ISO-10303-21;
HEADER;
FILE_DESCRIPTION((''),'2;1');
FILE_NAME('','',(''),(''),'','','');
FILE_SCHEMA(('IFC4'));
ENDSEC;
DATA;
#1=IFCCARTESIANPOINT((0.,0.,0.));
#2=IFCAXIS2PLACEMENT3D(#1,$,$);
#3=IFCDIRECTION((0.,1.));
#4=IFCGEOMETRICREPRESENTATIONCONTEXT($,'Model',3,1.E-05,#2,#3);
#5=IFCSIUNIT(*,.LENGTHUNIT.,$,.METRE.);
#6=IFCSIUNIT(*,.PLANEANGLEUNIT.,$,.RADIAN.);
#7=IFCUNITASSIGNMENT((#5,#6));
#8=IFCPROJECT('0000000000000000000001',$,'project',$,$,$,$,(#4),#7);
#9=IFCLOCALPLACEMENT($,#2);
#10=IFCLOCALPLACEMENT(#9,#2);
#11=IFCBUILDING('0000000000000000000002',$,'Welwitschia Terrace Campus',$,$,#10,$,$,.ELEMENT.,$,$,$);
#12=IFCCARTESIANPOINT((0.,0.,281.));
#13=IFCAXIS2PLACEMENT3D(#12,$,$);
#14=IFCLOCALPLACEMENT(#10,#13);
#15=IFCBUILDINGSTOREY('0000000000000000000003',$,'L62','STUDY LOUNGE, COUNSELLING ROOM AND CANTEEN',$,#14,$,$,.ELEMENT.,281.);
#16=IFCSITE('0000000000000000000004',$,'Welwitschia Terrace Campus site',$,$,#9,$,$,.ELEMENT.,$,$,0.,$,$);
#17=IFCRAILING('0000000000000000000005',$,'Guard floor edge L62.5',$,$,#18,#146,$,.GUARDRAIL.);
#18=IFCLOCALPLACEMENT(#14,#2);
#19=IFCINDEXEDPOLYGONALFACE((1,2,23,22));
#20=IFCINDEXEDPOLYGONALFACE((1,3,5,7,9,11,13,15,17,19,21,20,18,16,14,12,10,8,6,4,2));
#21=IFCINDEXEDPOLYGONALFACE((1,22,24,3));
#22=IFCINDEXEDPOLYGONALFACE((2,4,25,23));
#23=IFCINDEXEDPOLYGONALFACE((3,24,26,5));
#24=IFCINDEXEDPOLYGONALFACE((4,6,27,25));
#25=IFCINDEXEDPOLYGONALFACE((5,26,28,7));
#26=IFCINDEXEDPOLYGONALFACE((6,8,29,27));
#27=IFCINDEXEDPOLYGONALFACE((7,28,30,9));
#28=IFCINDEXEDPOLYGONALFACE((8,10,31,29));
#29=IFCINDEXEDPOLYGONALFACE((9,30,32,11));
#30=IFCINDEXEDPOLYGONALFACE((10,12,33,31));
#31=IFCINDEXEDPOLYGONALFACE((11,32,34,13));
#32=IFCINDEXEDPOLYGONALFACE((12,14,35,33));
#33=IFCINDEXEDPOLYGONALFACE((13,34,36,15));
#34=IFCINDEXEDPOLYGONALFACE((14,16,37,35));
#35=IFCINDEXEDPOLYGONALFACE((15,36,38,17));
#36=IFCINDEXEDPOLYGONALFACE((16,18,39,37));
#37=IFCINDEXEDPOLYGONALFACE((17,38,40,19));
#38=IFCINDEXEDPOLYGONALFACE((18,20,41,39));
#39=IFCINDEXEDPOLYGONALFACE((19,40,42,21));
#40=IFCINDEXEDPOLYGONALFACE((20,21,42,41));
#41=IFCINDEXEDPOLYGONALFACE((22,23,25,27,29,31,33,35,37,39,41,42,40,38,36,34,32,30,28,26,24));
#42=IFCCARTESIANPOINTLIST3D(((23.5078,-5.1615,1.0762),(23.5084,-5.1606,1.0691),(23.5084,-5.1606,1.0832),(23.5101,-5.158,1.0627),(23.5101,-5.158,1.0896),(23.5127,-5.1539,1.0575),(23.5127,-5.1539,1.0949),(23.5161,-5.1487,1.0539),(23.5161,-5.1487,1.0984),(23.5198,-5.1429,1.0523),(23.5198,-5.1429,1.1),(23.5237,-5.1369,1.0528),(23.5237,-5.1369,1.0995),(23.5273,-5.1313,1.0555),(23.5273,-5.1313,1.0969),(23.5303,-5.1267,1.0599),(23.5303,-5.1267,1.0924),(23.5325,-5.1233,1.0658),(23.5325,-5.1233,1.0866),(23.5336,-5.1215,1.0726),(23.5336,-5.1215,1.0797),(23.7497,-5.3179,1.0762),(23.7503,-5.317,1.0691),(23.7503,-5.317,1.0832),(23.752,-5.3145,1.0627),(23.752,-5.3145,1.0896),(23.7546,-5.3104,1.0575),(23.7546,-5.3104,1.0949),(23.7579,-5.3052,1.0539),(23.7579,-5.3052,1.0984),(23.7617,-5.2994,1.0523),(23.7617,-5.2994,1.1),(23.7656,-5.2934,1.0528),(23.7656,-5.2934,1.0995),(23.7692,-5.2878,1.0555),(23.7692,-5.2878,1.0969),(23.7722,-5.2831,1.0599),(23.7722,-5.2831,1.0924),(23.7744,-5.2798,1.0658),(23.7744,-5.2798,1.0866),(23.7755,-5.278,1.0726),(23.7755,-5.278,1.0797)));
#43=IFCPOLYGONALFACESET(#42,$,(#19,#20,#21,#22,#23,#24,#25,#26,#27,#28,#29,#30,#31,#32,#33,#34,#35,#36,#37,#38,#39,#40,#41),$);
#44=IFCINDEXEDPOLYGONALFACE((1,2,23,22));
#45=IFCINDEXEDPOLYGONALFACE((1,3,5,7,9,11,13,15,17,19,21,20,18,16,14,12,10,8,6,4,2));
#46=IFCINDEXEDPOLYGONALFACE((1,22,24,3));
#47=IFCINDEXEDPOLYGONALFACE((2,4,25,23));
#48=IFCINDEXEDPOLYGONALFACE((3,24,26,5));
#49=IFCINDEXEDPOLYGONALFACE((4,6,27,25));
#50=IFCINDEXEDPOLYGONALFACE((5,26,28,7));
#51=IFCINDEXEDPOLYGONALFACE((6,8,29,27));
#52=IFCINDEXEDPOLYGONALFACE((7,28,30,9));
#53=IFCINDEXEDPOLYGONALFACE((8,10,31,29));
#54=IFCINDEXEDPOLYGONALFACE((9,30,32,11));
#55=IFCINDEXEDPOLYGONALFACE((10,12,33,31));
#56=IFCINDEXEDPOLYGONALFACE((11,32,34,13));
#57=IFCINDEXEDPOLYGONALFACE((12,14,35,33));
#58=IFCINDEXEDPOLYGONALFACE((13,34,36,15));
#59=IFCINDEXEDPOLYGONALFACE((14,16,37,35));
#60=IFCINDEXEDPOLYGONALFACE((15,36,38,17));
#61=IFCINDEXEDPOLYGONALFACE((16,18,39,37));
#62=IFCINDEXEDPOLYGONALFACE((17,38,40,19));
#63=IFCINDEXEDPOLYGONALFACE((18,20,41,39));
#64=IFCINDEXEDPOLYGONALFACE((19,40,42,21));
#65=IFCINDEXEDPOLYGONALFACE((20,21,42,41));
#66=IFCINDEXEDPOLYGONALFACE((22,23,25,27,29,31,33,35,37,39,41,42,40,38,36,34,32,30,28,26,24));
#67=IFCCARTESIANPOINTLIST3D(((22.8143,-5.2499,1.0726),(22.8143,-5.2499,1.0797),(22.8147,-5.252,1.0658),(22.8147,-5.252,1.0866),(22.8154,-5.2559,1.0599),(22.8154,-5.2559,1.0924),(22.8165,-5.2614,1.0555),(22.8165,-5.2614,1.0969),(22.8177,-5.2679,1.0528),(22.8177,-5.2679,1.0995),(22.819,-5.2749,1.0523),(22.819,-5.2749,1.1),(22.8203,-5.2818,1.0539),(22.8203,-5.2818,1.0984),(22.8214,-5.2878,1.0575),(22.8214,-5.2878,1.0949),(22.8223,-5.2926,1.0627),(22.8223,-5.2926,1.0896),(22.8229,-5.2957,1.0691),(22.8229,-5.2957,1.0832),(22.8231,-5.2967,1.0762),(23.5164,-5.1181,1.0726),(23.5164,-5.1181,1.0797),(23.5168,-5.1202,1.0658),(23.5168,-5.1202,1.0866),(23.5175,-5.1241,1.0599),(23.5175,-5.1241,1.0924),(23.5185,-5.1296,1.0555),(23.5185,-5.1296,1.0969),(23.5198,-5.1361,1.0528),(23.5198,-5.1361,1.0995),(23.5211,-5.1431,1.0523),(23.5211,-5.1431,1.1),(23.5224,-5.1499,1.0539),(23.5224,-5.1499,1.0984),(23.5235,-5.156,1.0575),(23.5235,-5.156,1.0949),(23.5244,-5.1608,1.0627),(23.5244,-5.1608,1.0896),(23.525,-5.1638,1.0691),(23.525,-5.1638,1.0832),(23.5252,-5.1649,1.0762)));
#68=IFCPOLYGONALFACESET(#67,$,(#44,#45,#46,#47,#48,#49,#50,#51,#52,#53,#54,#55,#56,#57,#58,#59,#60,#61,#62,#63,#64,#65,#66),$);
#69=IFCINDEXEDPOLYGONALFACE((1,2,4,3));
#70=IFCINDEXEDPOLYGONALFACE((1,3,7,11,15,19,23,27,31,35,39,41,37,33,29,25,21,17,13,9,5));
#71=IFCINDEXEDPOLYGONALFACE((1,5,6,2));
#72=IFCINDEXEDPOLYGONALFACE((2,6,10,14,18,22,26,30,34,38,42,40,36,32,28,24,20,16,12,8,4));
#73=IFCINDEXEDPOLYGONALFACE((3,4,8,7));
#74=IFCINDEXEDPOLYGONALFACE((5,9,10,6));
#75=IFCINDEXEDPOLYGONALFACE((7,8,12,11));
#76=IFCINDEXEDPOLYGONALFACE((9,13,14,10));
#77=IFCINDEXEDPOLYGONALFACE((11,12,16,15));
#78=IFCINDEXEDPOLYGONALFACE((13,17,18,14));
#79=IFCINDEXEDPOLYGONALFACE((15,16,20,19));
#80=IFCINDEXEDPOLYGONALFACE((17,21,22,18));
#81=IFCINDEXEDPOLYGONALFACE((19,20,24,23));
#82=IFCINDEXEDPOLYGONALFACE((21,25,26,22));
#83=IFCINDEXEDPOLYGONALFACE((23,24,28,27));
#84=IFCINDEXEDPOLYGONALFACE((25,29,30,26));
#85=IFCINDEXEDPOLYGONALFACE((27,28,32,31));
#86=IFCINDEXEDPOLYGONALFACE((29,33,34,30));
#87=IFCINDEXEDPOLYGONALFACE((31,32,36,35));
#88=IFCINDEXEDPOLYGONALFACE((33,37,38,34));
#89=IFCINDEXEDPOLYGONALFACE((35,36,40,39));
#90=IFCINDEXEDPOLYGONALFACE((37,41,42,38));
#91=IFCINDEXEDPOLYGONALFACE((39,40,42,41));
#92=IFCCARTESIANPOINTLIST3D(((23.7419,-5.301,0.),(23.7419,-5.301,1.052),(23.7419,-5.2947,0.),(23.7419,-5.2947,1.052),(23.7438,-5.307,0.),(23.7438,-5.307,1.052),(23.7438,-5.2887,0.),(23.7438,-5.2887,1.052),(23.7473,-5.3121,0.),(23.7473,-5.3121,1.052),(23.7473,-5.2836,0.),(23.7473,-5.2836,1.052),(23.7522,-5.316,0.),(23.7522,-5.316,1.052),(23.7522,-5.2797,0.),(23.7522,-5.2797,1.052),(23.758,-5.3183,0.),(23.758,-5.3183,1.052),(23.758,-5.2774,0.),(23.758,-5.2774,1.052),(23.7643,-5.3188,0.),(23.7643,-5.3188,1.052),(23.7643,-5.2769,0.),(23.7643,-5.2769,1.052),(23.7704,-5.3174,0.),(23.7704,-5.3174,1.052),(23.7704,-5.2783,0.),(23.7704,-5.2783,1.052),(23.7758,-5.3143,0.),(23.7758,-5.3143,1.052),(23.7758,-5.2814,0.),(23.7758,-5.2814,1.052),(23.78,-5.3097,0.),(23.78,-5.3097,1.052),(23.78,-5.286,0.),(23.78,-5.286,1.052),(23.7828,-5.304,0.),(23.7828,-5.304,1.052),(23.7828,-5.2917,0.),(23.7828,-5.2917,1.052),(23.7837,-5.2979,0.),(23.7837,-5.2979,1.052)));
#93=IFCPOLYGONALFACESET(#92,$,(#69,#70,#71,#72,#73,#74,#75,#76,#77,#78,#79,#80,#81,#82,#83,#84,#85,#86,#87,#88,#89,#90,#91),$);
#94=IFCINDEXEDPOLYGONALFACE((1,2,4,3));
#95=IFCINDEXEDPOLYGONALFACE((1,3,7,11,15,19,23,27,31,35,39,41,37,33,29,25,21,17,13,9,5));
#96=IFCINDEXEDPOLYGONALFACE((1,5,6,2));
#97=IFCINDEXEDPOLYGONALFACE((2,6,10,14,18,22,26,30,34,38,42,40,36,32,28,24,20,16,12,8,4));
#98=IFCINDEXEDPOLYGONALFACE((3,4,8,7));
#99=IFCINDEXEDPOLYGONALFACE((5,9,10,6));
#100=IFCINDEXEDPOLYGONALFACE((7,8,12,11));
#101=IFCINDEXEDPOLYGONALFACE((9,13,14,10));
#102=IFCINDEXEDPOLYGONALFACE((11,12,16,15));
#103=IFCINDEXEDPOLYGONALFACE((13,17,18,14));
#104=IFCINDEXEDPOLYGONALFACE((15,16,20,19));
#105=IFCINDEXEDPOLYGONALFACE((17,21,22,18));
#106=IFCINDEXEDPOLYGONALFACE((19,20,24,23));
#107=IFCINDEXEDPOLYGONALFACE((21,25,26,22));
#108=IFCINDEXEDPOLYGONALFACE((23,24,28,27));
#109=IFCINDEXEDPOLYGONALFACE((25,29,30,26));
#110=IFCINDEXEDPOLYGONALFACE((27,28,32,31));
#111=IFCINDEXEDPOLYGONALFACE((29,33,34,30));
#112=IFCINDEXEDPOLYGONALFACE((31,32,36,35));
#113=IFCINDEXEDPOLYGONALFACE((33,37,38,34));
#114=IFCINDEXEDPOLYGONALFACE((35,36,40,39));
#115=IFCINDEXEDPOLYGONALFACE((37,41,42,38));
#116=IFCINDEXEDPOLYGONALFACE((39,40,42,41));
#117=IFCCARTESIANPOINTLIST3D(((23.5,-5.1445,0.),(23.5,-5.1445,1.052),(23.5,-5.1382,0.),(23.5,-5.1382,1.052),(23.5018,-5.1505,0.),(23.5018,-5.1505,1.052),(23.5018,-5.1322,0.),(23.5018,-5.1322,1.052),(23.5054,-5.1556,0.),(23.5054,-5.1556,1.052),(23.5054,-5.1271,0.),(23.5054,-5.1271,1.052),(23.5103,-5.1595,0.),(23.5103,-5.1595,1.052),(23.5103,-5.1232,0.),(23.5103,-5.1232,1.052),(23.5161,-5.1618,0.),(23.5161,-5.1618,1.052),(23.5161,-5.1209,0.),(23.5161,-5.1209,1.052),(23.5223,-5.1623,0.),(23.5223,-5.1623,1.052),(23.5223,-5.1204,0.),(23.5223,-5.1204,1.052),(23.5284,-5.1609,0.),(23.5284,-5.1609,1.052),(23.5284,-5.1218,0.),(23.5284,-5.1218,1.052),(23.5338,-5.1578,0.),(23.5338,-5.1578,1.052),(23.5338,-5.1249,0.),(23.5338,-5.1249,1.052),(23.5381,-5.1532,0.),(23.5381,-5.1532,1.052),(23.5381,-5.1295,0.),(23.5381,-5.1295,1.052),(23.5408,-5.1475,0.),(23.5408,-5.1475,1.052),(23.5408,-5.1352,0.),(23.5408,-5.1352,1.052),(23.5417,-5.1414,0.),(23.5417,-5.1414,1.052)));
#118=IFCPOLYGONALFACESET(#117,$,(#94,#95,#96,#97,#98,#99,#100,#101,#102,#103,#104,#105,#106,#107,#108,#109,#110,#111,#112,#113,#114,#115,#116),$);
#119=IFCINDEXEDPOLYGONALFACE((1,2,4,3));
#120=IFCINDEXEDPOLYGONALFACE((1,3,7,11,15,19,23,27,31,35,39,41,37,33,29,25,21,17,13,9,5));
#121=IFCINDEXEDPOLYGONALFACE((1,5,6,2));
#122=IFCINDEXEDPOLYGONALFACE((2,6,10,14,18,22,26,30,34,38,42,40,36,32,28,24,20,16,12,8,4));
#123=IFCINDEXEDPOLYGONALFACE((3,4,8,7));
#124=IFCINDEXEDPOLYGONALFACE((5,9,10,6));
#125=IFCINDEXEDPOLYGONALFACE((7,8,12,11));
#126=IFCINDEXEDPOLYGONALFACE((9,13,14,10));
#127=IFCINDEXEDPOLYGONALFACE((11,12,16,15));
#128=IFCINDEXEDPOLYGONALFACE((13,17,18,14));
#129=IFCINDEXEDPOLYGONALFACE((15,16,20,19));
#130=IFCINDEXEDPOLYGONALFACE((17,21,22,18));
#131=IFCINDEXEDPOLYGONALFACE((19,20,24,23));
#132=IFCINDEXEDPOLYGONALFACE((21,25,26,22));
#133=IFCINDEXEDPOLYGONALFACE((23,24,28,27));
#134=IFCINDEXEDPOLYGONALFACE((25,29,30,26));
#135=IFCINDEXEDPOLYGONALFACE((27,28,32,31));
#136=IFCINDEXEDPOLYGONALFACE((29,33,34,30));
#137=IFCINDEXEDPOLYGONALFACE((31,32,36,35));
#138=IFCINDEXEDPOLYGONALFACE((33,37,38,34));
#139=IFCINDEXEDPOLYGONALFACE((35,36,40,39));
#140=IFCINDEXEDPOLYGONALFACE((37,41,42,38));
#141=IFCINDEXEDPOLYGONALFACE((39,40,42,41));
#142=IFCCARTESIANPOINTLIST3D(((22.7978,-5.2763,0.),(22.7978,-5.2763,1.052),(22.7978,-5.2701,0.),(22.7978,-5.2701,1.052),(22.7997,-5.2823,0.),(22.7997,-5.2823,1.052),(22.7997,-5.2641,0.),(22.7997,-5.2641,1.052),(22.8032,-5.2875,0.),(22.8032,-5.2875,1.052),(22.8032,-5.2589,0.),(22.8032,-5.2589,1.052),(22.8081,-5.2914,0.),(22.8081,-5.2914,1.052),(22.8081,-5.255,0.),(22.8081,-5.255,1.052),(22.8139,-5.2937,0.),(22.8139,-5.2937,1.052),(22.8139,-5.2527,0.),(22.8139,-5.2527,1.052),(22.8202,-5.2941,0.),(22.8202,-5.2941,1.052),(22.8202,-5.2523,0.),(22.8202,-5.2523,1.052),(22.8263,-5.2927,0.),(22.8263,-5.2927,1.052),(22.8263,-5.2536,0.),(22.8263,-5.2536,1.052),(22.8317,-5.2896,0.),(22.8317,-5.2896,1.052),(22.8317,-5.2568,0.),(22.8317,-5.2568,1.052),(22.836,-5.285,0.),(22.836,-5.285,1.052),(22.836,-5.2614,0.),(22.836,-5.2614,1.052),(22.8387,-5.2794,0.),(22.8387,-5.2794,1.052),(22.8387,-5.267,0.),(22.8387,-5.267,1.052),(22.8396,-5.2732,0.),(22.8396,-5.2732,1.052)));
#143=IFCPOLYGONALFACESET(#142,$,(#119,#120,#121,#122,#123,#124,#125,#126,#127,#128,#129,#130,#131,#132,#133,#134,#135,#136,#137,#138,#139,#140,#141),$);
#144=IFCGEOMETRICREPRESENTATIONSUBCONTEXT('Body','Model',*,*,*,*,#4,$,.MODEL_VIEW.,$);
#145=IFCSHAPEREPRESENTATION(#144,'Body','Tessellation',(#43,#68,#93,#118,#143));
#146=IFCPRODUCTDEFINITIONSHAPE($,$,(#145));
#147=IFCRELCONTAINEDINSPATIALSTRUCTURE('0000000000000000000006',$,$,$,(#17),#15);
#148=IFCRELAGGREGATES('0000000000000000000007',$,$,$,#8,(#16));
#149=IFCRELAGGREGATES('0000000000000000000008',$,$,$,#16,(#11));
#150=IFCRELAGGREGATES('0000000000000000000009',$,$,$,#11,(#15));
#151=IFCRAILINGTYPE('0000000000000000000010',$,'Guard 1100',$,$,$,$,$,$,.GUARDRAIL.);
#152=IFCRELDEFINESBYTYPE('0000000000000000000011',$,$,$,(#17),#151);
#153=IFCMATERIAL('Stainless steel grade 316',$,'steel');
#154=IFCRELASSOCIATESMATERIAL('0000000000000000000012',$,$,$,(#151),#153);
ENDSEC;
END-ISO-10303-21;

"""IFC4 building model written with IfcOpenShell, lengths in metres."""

from ifc_helpers import new_model, si_unit, direction, frame, origin, origin_2d, place, context, subcontext, project, spatial, circle, extrude, material, type_object, element, save


model = new_model("IFC4")

# Units and contexts
model_context = context("Model", 3, precision=1e-05, world=origin(), true_north=direction((0.0, 1.0)))
body_context = subcontext(model_context, "Body", "Model", "MODEL_VIEW")
ifc_project = project(units=[si_unit("LENGTHUNIT", "METRE"), si_unit("PLANEANGLEUNIT", "RADIAN")], contexts=[model_context])

# Site, building, storey
site_placement = place(None, origin())
site = spatial("IfcSite", under=ifc_project, at=site_placement, Name="Welwitschia Terrace Campus site", CompositionType="ELEMENT", RefElevation=0.0)
building_placement = place(site_placement, origin())
building = spatial("IfcBuilding", under=site, at=building_placement, Name="Welwitschia Terrace Campus", CompositionType="ELEMENT")
storey_placement = place(building_placement, frame((0.0, 0.0, 281.0)))
storey = spatial("IfcBuildingStorey", under=building, at=storey_placement, Name="L62", Description="STUDY LOUNGE, COUNSELLING ROOM AND CANTEEN", CompositionType="ELEMENT", Elevation=281.0)

# Railing
ifc_material_1 = material(Name="Stainless steel grade 316", Category="steel")
railing_type_1 = type_object("IfcRailingType", Name="Guard 1100", PredefinedType="GUARDRAIL", material=ifc_material_1)
railing_1_placement = place(storey_placement, frame((23.7627, -5.2979, 0.0)))
element("IfcRailing", 1, at=railing_1_placement, inside=storey, type_object=railing_type_1, Name="Guard floor edge L62.5", PredefinedType="GUARDRAIL", context=body_context, shape_type="SweptSolid", body=[
    extrude(circle(Radius=0.0239, at=origin_2d()), frame((0.0, 0.0, 1.0762), z_axis=(-0.839661, 0.543111, 0.0), x_axis=(-0.543111, -0.839661, 0.0)), (0.0, 0.0, 1.0), 0.2881),
    extrude(circle(Radius=0.0239, at=origin_2d()), frame((-0.2419, 0.1565, 1.0762), z_axis=(-0.982826, -0.184536, 0.0), x_axis=(0.184536, -0.982826, 0.0)), (0.0, 0.0, 1.0), 0.7144),
    extrude(circle(Radius=0.021, at=origin_2d()), origin(), (0.0, 0.0, 1.0), 1.052),
    extrude(circle(Radius=0.021, at=origin_2d()), frame((-0.2419, 0.1565, 0.0)), (0.0, 0.0, 1.0), 1.052),
    extrude(circle(Radius=0.021, at=origin_2d()), frame((-0.9441, 0.0247, 0.0)), (0.0, 0.0, 1.0), 1.052),
])

save(model, "model.ifc")
